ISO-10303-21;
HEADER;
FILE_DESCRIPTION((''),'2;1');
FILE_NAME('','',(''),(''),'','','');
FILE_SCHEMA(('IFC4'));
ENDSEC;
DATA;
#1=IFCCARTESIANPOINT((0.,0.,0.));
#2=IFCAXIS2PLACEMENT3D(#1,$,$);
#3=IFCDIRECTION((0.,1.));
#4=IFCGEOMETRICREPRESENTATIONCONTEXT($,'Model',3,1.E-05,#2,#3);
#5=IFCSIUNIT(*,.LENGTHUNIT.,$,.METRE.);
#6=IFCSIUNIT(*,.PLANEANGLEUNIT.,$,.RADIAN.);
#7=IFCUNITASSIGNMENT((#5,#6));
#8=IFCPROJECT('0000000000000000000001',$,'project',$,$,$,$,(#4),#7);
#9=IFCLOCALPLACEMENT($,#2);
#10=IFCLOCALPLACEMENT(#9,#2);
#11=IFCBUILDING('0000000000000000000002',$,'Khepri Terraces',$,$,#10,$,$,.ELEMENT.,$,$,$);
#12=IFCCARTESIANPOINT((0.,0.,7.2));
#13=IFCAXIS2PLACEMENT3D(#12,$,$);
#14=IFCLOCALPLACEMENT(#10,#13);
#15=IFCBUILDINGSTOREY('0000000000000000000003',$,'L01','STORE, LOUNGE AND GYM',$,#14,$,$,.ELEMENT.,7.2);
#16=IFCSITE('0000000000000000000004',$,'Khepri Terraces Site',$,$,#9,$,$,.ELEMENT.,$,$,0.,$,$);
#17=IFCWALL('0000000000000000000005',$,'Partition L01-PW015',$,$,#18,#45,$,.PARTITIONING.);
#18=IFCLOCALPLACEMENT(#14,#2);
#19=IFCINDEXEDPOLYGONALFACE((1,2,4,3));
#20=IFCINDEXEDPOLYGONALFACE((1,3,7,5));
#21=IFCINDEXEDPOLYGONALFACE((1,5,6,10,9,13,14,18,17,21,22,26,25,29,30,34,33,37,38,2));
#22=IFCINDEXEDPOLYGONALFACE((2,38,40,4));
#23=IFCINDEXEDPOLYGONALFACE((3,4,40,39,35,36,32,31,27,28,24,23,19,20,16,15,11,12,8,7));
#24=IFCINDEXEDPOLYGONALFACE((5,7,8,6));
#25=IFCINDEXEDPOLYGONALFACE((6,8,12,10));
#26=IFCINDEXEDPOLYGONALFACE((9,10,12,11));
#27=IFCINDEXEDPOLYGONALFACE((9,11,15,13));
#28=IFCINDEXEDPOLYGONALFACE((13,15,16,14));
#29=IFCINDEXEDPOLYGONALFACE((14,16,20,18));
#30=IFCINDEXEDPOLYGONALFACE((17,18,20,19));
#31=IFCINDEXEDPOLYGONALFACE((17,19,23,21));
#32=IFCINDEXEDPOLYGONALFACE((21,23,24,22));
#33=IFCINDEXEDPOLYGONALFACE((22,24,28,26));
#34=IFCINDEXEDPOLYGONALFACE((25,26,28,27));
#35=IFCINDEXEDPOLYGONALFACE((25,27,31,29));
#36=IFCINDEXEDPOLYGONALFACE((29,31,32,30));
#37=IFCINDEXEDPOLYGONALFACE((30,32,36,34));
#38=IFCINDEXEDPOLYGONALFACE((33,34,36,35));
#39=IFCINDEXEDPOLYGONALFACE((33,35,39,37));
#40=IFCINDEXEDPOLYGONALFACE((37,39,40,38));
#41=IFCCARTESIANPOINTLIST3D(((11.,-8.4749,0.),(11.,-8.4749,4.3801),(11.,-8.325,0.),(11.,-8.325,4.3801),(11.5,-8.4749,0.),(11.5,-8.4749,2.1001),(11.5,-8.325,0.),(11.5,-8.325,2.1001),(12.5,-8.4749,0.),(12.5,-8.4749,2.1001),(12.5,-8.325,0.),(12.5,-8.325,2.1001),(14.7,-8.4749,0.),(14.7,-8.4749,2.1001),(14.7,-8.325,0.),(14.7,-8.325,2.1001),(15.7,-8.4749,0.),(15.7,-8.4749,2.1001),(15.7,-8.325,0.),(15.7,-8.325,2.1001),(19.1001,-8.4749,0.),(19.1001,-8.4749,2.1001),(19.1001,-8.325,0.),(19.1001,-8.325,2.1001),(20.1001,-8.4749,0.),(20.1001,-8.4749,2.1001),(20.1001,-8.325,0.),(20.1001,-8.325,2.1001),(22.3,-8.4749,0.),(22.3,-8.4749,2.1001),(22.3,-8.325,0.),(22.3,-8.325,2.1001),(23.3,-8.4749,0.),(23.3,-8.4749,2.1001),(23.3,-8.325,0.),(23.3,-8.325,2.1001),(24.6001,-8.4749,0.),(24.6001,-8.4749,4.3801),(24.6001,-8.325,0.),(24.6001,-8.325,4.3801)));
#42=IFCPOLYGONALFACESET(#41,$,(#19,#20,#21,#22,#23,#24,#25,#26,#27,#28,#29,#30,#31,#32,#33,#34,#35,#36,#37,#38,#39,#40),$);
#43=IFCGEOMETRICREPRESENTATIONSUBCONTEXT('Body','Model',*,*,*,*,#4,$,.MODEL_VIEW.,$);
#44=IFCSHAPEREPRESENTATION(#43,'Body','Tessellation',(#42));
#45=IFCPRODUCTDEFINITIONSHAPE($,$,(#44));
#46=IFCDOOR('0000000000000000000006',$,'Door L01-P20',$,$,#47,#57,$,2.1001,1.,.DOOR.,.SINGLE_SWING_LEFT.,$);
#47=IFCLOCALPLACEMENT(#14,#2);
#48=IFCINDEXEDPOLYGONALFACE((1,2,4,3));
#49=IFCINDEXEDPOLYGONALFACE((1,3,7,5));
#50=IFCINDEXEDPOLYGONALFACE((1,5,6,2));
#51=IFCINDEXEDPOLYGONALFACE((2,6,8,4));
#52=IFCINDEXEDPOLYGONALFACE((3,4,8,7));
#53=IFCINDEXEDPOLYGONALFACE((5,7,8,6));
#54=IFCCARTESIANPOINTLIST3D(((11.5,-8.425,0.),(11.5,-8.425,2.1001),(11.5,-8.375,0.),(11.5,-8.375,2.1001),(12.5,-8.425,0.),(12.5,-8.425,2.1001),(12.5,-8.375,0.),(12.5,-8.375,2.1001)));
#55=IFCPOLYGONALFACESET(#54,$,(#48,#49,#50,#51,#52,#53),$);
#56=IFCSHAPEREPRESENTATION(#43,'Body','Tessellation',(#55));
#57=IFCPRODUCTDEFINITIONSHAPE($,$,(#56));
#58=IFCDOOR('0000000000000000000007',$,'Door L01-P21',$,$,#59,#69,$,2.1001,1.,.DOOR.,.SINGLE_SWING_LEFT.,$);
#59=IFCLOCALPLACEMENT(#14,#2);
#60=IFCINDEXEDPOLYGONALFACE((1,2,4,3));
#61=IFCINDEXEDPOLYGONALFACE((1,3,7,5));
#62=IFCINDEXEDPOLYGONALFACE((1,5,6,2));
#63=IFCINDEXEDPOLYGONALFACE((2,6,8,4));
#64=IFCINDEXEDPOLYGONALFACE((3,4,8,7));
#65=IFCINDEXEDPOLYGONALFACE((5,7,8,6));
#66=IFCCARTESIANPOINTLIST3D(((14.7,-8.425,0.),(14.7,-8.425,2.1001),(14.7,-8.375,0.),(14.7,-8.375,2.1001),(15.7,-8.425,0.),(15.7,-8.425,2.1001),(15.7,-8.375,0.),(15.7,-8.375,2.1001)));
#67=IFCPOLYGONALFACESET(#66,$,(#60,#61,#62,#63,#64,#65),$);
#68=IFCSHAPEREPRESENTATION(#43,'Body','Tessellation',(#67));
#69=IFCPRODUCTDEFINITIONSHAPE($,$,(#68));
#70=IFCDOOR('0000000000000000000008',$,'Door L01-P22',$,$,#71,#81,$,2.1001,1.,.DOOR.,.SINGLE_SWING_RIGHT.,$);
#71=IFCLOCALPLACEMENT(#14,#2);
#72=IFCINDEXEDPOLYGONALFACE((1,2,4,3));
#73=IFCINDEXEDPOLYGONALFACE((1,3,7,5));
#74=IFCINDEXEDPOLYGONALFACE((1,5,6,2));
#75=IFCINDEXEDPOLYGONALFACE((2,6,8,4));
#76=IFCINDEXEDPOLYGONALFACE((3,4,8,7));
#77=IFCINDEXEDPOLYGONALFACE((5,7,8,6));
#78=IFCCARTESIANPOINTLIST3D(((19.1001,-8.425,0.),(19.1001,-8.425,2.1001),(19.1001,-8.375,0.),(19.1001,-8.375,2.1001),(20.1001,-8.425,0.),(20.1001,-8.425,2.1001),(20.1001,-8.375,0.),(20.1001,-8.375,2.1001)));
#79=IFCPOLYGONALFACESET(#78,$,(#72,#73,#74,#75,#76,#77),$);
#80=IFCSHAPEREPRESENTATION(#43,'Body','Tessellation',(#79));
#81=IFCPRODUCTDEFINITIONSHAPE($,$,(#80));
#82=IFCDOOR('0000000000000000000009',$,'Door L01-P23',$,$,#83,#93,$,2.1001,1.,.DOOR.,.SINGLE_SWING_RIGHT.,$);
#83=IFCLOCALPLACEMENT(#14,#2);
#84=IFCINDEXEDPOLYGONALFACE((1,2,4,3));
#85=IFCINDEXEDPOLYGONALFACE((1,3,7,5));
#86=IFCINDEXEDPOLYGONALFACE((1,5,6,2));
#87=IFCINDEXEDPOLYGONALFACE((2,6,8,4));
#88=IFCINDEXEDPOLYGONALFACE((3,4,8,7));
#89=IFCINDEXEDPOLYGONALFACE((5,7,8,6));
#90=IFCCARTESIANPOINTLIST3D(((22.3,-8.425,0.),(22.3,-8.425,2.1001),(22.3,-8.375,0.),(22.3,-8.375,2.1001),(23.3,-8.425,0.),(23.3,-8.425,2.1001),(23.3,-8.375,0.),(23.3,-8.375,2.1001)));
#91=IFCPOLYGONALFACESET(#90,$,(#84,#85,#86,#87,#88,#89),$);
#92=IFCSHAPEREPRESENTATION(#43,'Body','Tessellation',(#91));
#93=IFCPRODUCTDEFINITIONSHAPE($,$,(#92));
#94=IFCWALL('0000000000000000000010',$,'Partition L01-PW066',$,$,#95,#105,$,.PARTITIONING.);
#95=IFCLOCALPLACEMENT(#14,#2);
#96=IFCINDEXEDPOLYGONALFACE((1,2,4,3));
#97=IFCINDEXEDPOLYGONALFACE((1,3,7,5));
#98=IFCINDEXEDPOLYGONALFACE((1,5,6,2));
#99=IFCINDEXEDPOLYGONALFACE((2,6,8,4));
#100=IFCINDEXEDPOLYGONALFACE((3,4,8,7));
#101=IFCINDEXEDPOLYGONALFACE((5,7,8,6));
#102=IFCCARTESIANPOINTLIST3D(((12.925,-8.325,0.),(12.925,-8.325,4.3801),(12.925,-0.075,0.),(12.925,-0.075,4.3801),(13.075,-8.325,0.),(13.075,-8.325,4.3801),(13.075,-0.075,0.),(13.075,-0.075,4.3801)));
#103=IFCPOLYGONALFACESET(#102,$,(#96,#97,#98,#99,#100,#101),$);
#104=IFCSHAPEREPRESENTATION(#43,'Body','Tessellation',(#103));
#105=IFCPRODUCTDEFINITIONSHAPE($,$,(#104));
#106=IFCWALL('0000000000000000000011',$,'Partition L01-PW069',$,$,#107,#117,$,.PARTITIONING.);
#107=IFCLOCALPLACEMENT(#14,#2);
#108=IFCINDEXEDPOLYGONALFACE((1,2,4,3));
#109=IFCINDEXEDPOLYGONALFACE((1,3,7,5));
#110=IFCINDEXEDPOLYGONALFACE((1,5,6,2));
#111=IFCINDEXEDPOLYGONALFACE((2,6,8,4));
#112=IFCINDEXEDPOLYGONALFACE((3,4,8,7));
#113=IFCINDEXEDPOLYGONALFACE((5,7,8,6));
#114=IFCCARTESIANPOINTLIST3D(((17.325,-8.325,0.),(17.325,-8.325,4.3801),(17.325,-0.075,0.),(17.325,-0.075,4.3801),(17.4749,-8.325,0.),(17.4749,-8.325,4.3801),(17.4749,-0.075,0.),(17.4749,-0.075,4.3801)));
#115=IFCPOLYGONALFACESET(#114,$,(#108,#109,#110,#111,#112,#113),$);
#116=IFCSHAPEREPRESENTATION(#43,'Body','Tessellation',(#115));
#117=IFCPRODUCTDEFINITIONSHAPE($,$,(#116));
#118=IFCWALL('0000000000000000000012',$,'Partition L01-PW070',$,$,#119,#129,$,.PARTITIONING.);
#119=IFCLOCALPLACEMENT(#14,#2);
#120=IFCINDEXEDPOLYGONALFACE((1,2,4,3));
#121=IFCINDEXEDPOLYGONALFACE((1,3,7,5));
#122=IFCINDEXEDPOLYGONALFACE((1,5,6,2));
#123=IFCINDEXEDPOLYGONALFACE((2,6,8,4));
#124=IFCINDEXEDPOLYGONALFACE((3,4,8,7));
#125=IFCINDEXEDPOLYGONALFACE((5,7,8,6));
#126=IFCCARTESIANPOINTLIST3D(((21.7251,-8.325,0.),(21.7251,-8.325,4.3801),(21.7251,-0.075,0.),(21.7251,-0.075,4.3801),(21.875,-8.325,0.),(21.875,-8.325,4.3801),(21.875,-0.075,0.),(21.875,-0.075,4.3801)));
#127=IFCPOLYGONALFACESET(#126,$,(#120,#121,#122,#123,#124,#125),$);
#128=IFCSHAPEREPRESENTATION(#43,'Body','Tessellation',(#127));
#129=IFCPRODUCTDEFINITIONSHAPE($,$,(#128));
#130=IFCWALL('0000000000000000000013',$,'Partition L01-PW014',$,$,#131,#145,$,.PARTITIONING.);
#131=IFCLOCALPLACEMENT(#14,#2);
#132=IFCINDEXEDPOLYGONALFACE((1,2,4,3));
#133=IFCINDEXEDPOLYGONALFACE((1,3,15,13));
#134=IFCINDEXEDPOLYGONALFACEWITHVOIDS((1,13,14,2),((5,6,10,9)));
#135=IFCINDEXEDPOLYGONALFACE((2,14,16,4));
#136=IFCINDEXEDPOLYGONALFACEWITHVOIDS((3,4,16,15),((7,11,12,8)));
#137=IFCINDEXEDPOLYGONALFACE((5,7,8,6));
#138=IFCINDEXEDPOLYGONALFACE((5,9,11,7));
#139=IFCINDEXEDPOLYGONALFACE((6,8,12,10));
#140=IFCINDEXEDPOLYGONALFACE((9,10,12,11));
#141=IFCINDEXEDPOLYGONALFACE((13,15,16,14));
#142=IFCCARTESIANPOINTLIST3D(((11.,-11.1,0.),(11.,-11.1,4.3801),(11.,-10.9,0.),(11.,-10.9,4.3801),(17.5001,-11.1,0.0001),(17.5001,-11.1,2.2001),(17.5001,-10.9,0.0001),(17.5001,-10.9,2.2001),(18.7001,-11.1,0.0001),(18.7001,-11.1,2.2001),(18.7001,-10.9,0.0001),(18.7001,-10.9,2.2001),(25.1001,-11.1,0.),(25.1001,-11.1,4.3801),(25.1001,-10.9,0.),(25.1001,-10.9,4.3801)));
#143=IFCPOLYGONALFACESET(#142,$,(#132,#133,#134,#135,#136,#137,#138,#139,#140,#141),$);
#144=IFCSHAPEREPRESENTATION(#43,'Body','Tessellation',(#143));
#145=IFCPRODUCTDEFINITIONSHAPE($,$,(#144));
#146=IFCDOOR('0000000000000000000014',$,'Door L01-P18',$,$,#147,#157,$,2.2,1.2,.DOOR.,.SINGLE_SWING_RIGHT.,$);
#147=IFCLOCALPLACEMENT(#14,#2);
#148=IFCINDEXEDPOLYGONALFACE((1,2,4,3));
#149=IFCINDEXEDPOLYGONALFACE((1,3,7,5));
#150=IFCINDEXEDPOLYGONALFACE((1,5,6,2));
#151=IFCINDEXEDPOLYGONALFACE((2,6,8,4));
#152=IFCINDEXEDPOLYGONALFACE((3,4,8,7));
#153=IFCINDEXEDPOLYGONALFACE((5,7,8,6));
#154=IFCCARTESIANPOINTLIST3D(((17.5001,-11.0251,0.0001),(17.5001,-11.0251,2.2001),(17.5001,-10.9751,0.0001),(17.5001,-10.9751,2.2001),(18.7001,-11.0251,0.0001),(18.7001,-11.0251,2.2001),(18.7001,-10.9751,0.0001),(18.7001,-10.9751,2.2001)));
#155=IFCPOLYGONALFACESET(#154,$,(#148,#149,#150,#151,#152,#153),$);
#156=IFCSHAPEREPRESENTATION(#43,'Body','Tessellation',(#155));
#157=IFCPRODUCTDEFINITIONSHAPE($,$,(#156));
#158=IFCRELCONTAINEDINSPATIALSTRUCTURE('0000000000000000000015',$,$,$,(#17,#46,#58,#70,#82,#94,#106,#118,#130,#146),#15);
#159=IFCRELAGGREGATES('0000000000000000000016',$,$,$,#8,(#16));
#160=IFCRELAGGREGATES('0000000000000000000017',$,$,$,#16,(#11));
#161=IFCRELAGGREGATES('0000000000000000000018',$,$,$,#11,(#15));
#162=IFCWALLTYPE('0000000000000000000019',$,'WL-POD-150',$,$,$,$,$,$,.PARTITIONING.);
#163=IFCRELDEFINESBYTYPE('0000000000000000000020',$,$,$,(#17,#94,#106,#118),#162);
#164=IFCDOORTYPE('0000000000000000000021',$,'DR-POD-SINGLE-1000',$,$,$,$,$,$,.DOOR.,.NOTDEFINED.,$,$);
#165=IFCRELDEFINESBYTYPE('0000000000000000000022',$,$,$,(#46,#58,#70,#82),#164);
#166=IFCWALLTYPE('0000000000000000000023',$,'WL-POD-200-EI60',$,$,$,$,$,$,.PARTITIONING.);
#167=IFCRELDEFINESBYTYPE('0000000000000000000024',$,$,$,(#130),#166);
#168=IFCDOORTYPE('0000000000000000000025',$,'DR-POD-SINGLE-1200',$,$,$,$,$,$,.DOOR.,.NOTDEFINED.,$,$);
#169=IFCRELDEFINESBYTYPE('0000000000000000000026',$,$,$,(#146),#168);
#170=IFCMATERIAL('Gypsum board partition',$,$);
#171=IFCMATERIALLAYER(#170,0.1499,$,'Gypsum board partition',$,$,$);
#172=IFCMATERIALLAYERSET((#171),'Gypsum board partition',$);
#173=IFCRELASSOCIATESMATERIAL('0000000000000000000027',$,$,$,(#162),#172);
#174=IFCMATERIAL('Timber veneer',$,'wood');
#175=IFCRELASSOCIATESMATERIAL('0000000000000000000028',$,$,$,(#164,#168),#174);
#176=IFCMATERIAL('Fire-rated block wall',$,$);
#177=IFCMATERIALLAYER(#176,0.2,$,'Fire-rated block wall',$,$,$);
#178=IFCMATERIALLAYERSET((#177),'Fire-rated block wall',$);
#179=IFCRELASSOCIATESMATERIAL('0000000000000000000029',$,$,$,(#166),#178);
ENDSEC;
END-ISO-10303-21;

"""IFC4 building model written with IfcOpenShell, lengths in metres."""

from ifc_helpers import new_model, si_unit, direction, frame, frame_2d, origin, place, context, subcontext, project, spatial, rectangle, extrude, material, layer, layer_set, type_object, element, fill, save


model = new_model("IFC4")

# Units and contexts
model_context = context("Model", 3, precision=1e-05, world=origin(), true_north=direction((0.0, 1.0)))
body_context = subcontext(model_context, "Body", "Model", "MODEL_VIEW")
ifc_project = project(units=[si_unit("LENGTHUNIT", "METRE"), si_unit("PLANEANGLEUNIT", "RADIAN")], contexts=[model_context])

# Site, building, storey
site_placement = place(None, origin())
site = spatial("IfcSite", under=ifc_project, at=site_placement, Name="Khepri Terraces Site", CompositionType="ELEMENT", RefElevation=0.0)
building_placement = place(site_placement, origin())
building = spatial("IfcBuilding", under=site, at=building_placement, Name="Khepri Terraces", CompositionType="ELEMENT")
storey_placement = place(building_placement, frame((0.0, 0.0, 7.2)))
storey = spatial("IfcBuildingStorey", under=building, at=storey_placement, Name="L01", Description="STORE, LOUNGE AND GYM", CompositionType="ELEMENT", Elevation=7.2)

# Shared definitions
ifc_material_1 = material(Name="Timber veneer", Category="wood")

# Wall, openings, doors
ifc_material_2 = material(Name="Gypsum board partition")
ifc_layer_1 = layer(ifc_material_2, 0.1499, Name="Gypsum board partition")
ifc_layer_set_1 = layer_set([ifc_layer_1], Name="Gypsum board partition")
wall_type_1 = type_object("IfcWallType", Name="WL-POD-150", PredefinedType="PARTITIONING", material=ifc_layer_set_1)
wall_1_placement = place(storey_placement, frame((11.0, -8.3999, 0.0), z_axis=(0.0, 0.0, 1.0), x_axis=(1.0, 0.0, 0.0)))
wall_1 = element("IfcWall", 1, at=wall_1_placement, inside=storey, type_object=wall_type_1, Name="Partition L01-PW015", PredefinedType="PARTITIONING", context=body_context, shape_type="SweptSolid", body=[
    extrude(rectangle(XDim=13.6001, YDim=0.1499, at=frame_2d((6.8, 0.0))), origin(), (0.0, 0.0, 1.0), 4.3801),
])
opening_1_placement = place(wall_1_placement, frame((0.5, 0.0, 0.0)))
opening_1 = element("IfcOpeningElement", 2, at=opening_1_placement, cuts=wall_1, PredefinedType="OPENING", context=body_context, shape_type="SweptSolid", body=[
    extrude(rectangle(XDim=1.0, YDim=2.1001, at=frame_2d((0.5, 1.05))), frame((0.0, 0.085, 0.0), z_axis=(0.0, -1.0, 0.0), x_axis=(1.0, 0.0, 0.0)), (0.0, 0.0, 1.0), 0.1699),
])
opening_2_placement = place(wall_1_placement, frame((3.7, 0.0, 0.0)))
opening_2 = element("IfcOpeningElement", 3, at=opening_2_placement, cuts=wall_1, PredefinedType="OPENING", context=body_context, shape_type="SweptSolid", body=[
    extrude(rectangle(XDim=1.0, YDim=2.1001, at=frame_2d((0.5, 1.05))), frame((0.0, 0.085, 0.0), z_axis=(0.0, -1.0, 0.0), x_axis=(1.0, 0.0, 0.0)), (0.0, 0.0, 1.0), 0.1699),
])
opening_3_placement = place(wall_1_placement, frame((8.1001, 0.0, 0.0)))
opening_3 = element("IfcOpeningElement", 4, at=opening_3_placement, cuts=wall_1, PredefinedType="OPENING", context=body_context, shape_type="SweptSolid", body=[
    extrude(rectangle(XDim=1.0, YDim=2.1001, at=frame_2d((0.5, 1.05))), frame((0.0, 0.085, 0.0), z_axis=(0.0, -1.0, 0.0), x_axis=(1.0, 0.0, 0.0)), (0.0, 0.0, 1.0), 0.1699),
])
opening_4_placement = place(wall_1_placement, frame((11.3, 0.0, 0.0)))
opening_4 = element("IfcOpeningElement", 5, at=opening_4_placement, cuts=wall_1, PredefinedType="OPENING", context=body_context, shape_type="SweptSolid", body=[
    extrude(rectangle(XDim=1.0, YDim=2.1001, at=frame_2d((0.5, 1.05))), frame((0.0, 0.085, 0.0), z_axis=(0.0, -1.0, 0.0), x_axis=(1.0, 0.0, 0.0)), (0.0, 0.0, 1.0), 0.1699),
])
door_type_1 = type_object("IfcDoorType", Name="DR-POD-SINGLE-1000", OperationType="NOTDEFINED", PredefinedType="DOOR", material=ifc_material_1)
door_1_placement = place(opening_1_placement, origin())
door_1 = element("IfcDoor", 6, at=door_1_placement, inside=storey, type_object=door_type_1, Name="Door L01-P20", OperationType="SINGLE_SWING_LEFT", OverallHeight=2.1001, OverallWidth=1.0, PredefinedType="DOOR", context=body_context, shape_type="SweptSolid", body=[
    extrude(rectangle(XDim=1.0, YDim=2.1001, at=frame_2d((0.5, 1.05))), frame((0.0, 0.0249, 0.0), z_axis=(0.0, -1.0, 0.0), x_axis=(1.0, 0.0, 0.0)), (0.0, 0.0, 1.0), 0.05),
])
fill(opening_1, door_1)
door_2_placement = place(opening_2_placement, origin())
door_2 = element("IfcDoor", 7, at=door_2_placement, inside=storey, type_object=door_type_1, Name="Door L01-P21", OperationType="SINGLE_SWING_LEFT", OverallHeight=2.1001, OverallWidth=1.0, PredefinedType="DOOR", context=body_context, shape_type="SweptSolid", body=[
    extrude(rectangle(XDim=1.0, YDim=2.1001, at=frame_2d((0.5, 1.05))), frame((0.0, 0.0249, 0.0), z_axis=(0.0, -1.0, 0.0), x_axis=(1.0, 0.0, 0.0)), (0.0, 0.0, 1.0), 0.05),
])
fill(opening_2, door_2)
door_3_placement = place(opening_3_placement, origin())
door_3 = element("IfcDoor", 8, at=door_3_placement, inside=storey, type_object=door_type_1, Name="Door L01-P22", OperationType="SINGLE_SWING_RIGHT", OverallHeight=2.1001, OverallWidth=1.0, PredefinedType="DOOR", context=body_context, shape_type="SweptSolid", body=[
    extrude(rectangle(XDim=1.0, YDim=2.1001, at=frame_2d((0.5, 1.05))), frame((0.0, 0.0249, 0.0), z_axis=(0.0, -1.0, 0.0), x_axis=(1.0, 0.0, 0.0)), (0.0, 0.0, 1.0), 0.05),
])
fill(opening_3, door_3)
door_4_placement = place(opening_4_placement, origin())
door_4 = element("IfcDoor", 9, at=door_4_placement, inside=storey, type_object=door_type_1, Name="Door L01-P23", OperationType="SINGLE_SWING_RIGHT", OverallHeight=2.1001, OverallWidth=1.0, PredefinedType="DOOR", context=body_context, shape_type="SweptSolid", body=[
    extrude(rectangle(XDim=1.0, YDim=2.1001, at=frame_2d((0.5, 1.05))), frame((0.0, 0.0249, 0.0), z_axis=(0.0, -1.0, 0.0), x_axis=(1.0, 0.0, 0.0)), (0.0, 0.0, 1.0), 0.05),
])
fill(opening_4, door_4)

# Walls
for number, where, z_axis, x_axis, name in (
    (10, (13.0, -8.325, 0.0), (0.0, 0.0, 1.0), (0.0, 1.0, 0.0), "Partition L01-PW066"),
    (11, (17.3999, -8.325, 0.0), (0.0, 0.0, 1.0), (0.0, 1.0, 0.0), "Partition L01-PW069"),
    (12, (21.8, -8.325, 0.0), (0.0, 0.0, 1.0), (0.0, 1.0, 0.0), "Partition L01-PW070"),
):
    element("IfcWall", number, at=place(storey_placement, frame(where, z_axis=z_axis, x_axis=x_axis)), inside=storey, type_object=wall_type_1, Name=name, PredefinedType="PARTITIONING", context=body_context, shape_type="SweptSolid", body=[
        extrude(rectangle(XDim=8.25, YDim=0.1499, at=frame_2d((4.125, 0.0))), origin(), (0.0, 0.0, 1.0), 4.3801),
    ])

# Wall, opening, door
ifc_material_3 = material(Name="Fire-rated block wall")
ifc_layer_2 = layer(ifc_material_3, 0.2, Name="Fire-rated block wall")
ifc_layer_set_2 = layer_set([ifc_layer_2], Name="Fire-rated block wall")
wall_type_2 = type_object("IfcWallType", Name="WL-POD-200-EI60", PredefinedType="PARTITIONING", material=ifc_layer_set_2)
wall_2_placement = place(storey_placement, frame((11.0, -11.0, 0.0), z_axis=(0.0, 0.0, 1.0), x_axis=(1.0, 0.0, 0.0)))
wall_2 = element("IfcWall", 13, at=wall_2_placement, inside=storey, type_object=wall_type_2, Name="Partition L01-PW014", PredefinedType="PARTITIONING", context=body_context, shape_type="SweptSolid", body=[
    extrude(rectangle(XDim=14.1001, YDim=0.2, at=frame_2d((7.05, 0.0))), origin(), (0.0, 0.0, 1.0), 4.3801),
])
opening_5_placement = place(wall_2_placement, frame((6.5, 0.0, 0.0)))
opening_5 = element("IfcOpeningElement", 14, at=opening_5_placement, cuts=wall_2, PredefinedType="OPENING", context=body_context, shape_type="SweptSolid", body=[
    extrude(rectangle(XDim=1.2, YDim=2.2, at=frame_2d((0.6001, 1.1001))), frame((0.0, 0.1099, 0.0), z_axis=(0.0, -1.0, 0.0), x_axis=(1.0, 0.0, 0.0)), (0.0, 0.0, 1.0), 0.22),
])
door_type_2 = type_object("IfcDoorType", Name="DR-POD-SINGLE-1200", OperationType="NOTDEFINED", PredefinedType="DOOR", material=ifc_material_1)
door_5_placement = place(opening_5_placement, origin())
door_5 = element("IfcDoor", 15, at=door_5_placement, inside=storey, type_object=door_type_2, Name="Door L01-P18", OperationType="SINGLE_SWING_RIGHT", OverallHeight=2.2, OverallWidth=1.2, PredefinedType="DOOR", context=body_context, shape_type="SweptSolid", body=[
    extrude(rectangle(XDim=1.2, YDim=2.2, at=frame_2d((0.6001, 1.1001))), frame((0.0, 0.0249, 0.0), z_axis=(0.0, -1.0, 0.0), x_axis=(1.0, 0.0, 0.0)), (0.0, 0.0, 1.0), 0.05),
])
fill(opening_5, door_5)

save(model, "model.ifc")
